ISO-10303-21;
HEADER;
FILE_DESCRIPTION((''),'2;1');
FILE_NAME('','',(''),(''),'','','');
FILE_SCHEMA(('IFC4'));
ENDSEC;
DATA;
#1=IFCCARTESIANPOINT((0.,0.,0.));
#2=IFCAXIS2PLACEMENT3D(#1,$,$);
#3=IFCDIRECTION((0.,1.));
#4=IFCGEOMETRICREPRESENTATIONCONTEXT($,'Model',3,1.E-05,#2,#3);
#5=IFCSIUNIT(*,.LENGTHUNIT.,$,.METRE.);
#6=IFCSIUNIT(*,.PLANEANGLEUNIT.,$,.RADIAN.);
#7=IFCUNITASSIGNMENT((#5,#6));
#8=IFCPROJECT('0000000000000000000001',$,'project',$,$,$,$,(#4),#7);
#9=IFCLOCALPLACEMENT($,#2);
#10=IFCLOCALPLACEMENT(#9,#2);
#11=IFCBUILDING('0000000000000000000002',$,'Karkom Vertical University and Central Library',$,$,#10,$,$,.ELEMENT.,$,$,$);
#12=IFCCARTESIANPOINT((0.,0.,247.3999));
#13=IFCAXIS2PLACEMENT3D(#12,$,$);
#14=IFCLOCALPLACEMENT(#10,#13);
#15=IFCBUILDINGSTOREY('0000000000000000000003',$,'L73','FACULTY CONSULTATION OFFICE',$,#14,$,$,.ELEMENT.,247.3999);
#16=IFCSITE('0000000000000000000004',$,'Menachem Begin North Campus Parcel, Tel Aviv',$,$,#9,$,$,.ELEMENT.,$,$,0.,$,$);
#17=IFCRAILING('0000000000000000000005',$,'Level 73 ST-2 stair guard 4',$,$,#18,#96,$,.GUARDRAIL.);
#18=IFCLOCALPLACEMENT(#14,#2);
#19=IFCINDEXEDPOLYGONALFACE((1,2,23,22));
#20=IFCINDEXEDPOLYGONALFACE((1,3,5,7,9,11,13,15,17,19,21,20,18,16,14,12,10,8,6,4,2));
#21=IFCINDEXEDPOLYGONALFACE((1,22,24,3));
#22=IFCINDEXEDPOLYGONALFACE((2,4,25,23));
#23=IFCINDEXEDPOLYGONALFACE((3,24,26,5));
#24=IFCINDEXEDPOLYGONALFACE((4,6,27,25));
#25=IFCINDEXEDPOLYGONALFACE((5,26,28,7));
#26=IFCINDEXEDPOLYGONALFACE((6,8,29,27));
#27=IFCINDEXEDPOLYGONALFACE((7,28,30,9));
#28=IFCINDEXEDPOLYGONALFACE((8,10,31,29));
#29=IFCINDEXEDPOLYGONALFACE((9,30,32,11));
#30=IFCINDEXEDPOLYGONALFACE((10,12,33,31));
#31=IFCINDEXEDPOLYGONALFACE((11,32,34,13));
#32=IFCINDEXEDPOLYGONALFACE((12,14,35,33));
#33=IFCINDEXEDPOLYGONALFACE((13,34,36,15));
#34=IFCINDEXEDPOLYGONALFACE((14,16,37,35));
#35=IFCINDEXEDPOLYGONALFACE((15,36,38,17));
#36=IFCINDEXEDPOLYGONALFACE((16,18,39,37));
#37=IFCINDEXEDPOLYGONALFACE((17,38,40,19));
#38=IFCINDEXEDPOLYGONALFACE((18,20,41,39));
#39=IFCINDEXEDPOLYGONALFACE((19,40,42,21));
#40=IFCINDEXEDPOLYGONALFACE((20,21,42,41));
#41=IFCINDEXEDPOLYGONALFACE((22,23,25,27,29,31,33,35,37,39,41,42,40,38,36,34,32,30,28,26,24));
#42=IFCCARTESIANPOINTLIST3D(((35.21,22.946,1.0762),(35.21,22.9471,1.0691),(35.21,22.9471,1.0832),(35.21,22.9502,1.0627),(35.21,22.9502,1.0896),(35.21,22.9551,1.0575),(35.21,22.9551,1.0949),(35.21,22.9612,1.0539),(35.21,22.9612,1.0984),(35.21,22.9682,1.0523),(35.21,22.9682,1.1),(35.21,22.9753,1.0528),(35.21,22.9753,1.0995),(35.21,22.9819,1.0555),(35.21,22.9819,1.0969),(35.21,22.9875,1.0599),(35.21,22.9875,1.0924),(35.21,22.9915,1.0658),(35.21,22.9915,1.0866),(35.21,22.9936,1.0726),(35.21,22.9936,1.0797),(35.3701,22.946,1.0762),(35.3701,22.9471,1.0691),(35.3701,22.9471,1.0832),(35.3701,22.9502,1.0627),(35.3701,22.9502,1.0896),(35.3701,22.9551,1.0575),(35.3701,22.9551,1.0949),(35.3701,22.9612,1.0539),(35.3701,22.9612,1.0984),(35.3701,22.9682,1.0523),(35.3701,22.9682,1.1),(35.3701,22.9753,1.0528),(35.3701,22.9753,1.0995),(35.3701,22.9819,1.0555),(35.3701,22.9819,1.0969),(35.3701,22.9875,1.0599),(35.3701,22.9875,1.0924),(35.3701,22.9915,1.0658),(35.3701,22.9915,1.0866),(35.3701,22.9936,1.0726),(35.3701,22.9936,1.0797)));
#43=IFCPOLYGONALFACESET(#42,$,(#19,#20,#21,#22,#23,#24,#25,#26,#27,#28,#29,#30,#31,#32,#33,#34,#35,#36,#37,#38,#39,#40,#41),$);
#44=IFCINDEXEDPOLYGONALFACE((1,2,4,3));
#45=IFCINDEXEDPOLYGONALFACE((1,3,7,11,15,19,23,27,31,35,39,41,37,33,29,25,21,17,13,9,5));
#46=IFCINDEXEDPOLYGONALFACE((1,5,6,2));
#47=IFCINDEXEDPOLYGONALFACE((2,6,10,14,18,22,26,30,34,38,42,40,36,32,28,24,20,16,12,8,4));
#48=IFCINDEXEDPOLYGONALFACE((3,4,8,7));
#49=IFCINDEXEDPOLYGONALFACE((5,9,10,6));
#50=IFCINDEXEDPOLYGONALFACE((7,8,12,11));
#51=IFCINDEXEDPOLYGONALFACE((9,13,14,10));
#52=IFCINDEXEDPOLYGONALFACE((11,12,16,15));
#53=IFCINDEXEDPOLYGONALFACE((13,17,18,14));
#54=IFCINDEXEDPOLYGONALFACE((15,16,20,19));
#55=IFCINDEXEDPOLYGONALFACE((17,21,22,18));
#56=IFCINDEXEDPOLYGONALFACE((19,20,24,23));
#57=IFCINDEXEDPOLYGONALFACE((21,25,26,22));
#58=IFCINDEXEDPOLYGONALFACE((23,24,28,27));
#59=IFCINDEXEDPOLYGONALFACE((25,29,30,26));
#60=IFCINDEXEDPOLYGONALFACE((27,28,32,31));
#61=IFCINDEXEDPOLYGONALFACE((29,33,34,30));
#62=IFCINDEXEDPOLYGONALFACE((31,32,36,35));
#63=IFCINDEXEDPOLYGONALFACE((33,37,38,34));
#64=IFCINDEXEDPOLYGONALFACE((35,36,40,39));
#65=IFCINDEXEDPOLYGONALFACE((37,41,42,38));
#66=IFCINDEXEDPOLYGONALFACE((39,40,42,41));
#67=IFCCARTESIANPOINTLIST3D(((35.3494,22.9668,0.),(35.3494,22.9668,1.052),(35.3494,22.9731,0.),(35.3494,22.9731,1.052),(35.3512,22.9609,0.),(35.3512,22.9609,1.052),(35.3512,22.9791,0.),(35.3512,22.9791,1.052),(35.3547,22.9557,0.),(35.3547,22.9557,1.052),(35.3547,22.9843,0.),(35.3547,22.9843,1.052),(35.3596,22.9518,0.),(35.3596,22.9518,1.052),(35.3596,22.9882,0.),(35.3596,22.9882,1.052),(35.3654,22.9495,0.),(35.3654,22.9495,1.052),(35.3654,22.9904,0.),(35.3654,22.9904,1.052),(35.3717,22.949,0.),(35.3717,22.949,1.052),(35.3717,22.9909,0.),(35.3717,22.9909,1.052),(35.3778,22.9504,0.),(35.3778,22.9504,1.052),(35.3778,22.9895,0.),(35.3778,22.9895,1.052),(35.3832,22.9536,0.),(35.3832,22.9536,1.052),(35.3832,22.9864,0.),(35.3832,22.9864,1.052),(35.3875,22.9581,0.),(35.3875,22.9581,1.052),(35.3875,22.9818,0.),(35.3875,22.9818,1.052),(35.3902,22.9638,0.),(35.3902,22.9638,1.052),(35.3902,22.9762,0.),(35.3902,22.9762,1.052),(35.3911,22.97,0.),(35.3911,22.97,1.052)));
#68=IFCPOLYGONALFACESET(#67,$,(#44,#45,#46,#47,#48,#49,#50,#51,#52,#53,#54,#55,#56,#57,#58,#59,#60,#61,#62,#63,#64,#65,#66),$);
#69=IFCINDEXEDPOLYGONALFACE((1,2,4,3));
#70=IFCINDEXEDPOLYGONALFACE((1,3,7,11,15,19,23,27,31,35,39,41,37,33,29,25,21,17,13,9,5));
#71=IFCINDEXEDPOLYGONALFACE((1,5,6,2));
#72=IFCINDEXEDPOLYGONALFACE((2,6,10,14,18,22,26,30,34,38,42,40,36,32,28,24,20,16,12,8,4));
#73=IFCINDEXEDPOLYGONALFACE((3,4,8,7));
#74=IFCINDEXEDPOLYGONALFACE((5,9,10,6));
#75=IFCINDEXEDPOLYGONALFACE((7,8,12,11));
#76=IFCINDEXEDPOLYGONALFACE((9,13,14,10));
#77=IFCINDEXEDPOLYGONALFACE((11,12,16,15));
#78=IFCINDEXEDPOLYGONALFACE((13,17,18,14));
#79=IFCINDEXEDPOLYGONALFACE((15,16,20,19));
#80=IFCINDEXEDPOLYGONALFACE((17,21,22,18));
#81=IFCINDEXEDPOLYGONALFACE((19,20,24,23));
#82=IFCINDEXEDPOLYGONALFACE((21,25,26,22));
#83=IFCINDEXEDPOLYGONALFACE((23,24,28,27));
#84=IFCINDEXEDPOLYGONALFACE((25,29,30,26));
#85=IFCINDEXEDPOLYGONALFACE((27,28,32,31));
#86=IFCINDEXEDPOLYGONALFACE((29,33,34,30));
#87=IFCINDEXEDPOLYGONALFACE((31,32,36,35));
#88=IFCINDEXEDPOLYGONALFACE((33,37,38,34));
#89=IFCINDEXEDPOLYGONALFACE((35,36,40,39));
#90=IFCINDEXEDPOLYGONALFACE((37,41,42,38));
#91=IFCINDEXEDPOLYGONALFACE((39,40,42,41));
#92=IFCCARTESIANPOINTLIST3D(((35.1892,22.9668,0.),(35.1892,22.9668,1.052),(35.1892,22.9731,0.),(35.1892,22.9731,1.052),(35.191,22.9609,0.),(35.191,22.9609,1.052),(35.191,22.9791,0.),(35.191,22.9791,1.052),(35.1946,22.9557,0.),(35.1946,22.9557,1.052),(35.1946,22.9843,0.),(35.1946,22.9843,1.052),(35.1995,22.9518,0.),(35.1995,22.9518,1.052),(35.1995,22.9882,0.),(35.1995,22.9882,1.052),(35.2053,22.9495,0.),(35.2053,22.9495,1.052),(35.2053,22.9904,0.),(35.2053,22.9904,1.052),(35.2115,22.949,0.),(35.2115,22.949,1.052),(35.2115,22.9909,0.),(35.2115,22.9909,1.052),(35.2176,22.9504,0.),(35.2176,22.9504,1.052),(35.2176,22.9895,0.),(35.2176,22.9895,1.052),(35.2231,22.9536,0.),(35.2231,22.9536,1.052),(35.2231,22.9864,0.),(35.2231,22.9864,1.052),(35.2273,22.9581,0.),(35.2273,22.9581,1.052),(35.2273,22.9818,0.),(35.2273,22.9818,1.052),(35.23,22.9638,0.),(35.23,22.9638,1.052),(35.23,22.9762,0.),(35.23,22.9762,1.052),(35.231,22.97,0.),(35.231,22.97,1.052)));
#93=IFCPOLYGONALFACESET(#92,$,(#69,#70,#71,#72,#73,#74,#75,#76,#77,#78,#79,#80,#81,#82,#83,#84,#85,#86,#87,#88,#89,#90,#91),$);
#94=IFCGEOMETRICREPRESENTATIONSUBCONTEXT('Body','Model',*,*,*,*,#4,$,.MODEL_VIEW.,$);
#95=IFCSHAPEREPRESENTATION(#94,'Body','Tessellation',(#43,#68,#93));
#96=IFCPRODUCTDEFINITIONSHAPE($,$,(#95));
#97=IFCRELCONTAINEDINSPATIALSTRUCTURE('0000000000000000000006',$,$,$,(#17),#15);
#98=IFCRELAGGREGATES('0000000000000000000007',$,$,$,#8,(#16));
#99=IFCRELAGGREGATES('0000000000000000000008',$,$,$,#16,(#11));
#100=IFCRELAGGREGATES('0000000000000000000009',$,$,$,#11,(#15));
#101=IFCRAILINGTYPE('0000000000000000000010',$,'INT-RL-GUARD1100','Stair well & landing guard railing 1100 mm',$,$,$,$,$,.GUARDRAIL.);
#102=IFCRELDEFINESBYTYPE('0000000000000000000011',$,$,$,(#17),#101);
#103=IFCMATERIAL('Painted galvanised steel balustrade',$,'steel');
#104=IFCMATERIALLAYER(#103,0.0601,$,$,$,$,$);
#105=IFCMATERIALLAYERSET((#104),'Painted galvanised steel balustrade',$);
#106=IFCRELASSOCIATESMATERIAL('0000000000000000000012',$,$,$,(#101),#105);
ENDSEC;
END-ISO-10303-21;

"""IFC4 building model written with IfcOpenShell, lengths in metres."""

from ifc_helpers import new_model, si_unit, direction, frame, origin, origin_2d, place, context, subcontext, project, spatial, circle, extrude, material, layer, layer_set, type_object, element, save


model = new_model("IFC4")

# Units and contexts
model_context = context("Model", 3, precision=1e-05, world=origin(), true_north=direction((0.0, 1.0)))
body_context = subcontext(model_context, "Body", "Model", "MODEL_VIEW")
ifc_project = project(units=[si_unit("LENGTHUNIT", "METRE"), si_unit("PLANEANGLEUNIT", "RADIAN")], contexts=[model_context])

# Site, building, storey
site_placement = place(None, origin())
site = spatial("IfcSite", under=ifc_project, at=site_placement, Name="Menachem Begin North Campus Parcel, Tel Aviv", CompositionType="ELEMENT", RefElevation=0.0)
building_placement = place(site_placement, origin())
building = spatial("IfcBuilding", under=site, at=building_placement, Name="Karkom Vertical University and Central Library", CompositionType="ELEMENT")
storey_placement = place(building_placement, frame((0.0, 0.0, 247.3999)))
storey = spatial("IfcBuildingStorey", under=building, at=storey_placement, Name="L73", Description="FACULTY CONSULTATION OFFICE", CompositionType="ELEMENT", Elevation=247.3999)

# Railing
ifc_material_1 = material(Name="Painted galvanised steel balustrade", Category="steel")
ifc_layer_1 = layer(ifc_material_1, 0.0601)
ifc_layer_set_1 = layer_set([ifc_layer_1], Name="Painted galvanised steel balustrade")
railing_type_1 = type_object("IfcRailingType", Name="INT-RL-GUARD1100", Description="Stair well & landing guard railing 1100 mm", PredefinedType="GUARDRAIL", material=ifc_layer_set_1)
railing_1_placement = place(storey_placement, frame((35.3701, 22.97, 0.0)))
element("IfcRailing", 1, at=railing_1_placement, inside=storey, type_object=railing_type_1, Name="Level 73 ST-2 stair guard 4", PredefinedType="GUARDRAIL", context=body_context, shape_type="SweptSolid", body=[
    extrude(circle(Radius=0.0239, at=origin_2d()), frame((0.0, 0.0, 1.0762), z_axis=(-1.0, 0.0, 0.0), x_axis=(0.0, -1.0, 0.0)), (0.0, 0.0, 1.0), 0.1602),
    extrude(circle(Radius=0.021, at=origin_2d()), origin(), (0.0, 0.0, 1.0), 1.052),
    extrude(circle(Radius=0.021, at=origin_2d()), frame((-0.1602, 0.0, 0.0)), (0.0, 0.0, 1.0), 1.052),
])

save(model, "model.ifc")
